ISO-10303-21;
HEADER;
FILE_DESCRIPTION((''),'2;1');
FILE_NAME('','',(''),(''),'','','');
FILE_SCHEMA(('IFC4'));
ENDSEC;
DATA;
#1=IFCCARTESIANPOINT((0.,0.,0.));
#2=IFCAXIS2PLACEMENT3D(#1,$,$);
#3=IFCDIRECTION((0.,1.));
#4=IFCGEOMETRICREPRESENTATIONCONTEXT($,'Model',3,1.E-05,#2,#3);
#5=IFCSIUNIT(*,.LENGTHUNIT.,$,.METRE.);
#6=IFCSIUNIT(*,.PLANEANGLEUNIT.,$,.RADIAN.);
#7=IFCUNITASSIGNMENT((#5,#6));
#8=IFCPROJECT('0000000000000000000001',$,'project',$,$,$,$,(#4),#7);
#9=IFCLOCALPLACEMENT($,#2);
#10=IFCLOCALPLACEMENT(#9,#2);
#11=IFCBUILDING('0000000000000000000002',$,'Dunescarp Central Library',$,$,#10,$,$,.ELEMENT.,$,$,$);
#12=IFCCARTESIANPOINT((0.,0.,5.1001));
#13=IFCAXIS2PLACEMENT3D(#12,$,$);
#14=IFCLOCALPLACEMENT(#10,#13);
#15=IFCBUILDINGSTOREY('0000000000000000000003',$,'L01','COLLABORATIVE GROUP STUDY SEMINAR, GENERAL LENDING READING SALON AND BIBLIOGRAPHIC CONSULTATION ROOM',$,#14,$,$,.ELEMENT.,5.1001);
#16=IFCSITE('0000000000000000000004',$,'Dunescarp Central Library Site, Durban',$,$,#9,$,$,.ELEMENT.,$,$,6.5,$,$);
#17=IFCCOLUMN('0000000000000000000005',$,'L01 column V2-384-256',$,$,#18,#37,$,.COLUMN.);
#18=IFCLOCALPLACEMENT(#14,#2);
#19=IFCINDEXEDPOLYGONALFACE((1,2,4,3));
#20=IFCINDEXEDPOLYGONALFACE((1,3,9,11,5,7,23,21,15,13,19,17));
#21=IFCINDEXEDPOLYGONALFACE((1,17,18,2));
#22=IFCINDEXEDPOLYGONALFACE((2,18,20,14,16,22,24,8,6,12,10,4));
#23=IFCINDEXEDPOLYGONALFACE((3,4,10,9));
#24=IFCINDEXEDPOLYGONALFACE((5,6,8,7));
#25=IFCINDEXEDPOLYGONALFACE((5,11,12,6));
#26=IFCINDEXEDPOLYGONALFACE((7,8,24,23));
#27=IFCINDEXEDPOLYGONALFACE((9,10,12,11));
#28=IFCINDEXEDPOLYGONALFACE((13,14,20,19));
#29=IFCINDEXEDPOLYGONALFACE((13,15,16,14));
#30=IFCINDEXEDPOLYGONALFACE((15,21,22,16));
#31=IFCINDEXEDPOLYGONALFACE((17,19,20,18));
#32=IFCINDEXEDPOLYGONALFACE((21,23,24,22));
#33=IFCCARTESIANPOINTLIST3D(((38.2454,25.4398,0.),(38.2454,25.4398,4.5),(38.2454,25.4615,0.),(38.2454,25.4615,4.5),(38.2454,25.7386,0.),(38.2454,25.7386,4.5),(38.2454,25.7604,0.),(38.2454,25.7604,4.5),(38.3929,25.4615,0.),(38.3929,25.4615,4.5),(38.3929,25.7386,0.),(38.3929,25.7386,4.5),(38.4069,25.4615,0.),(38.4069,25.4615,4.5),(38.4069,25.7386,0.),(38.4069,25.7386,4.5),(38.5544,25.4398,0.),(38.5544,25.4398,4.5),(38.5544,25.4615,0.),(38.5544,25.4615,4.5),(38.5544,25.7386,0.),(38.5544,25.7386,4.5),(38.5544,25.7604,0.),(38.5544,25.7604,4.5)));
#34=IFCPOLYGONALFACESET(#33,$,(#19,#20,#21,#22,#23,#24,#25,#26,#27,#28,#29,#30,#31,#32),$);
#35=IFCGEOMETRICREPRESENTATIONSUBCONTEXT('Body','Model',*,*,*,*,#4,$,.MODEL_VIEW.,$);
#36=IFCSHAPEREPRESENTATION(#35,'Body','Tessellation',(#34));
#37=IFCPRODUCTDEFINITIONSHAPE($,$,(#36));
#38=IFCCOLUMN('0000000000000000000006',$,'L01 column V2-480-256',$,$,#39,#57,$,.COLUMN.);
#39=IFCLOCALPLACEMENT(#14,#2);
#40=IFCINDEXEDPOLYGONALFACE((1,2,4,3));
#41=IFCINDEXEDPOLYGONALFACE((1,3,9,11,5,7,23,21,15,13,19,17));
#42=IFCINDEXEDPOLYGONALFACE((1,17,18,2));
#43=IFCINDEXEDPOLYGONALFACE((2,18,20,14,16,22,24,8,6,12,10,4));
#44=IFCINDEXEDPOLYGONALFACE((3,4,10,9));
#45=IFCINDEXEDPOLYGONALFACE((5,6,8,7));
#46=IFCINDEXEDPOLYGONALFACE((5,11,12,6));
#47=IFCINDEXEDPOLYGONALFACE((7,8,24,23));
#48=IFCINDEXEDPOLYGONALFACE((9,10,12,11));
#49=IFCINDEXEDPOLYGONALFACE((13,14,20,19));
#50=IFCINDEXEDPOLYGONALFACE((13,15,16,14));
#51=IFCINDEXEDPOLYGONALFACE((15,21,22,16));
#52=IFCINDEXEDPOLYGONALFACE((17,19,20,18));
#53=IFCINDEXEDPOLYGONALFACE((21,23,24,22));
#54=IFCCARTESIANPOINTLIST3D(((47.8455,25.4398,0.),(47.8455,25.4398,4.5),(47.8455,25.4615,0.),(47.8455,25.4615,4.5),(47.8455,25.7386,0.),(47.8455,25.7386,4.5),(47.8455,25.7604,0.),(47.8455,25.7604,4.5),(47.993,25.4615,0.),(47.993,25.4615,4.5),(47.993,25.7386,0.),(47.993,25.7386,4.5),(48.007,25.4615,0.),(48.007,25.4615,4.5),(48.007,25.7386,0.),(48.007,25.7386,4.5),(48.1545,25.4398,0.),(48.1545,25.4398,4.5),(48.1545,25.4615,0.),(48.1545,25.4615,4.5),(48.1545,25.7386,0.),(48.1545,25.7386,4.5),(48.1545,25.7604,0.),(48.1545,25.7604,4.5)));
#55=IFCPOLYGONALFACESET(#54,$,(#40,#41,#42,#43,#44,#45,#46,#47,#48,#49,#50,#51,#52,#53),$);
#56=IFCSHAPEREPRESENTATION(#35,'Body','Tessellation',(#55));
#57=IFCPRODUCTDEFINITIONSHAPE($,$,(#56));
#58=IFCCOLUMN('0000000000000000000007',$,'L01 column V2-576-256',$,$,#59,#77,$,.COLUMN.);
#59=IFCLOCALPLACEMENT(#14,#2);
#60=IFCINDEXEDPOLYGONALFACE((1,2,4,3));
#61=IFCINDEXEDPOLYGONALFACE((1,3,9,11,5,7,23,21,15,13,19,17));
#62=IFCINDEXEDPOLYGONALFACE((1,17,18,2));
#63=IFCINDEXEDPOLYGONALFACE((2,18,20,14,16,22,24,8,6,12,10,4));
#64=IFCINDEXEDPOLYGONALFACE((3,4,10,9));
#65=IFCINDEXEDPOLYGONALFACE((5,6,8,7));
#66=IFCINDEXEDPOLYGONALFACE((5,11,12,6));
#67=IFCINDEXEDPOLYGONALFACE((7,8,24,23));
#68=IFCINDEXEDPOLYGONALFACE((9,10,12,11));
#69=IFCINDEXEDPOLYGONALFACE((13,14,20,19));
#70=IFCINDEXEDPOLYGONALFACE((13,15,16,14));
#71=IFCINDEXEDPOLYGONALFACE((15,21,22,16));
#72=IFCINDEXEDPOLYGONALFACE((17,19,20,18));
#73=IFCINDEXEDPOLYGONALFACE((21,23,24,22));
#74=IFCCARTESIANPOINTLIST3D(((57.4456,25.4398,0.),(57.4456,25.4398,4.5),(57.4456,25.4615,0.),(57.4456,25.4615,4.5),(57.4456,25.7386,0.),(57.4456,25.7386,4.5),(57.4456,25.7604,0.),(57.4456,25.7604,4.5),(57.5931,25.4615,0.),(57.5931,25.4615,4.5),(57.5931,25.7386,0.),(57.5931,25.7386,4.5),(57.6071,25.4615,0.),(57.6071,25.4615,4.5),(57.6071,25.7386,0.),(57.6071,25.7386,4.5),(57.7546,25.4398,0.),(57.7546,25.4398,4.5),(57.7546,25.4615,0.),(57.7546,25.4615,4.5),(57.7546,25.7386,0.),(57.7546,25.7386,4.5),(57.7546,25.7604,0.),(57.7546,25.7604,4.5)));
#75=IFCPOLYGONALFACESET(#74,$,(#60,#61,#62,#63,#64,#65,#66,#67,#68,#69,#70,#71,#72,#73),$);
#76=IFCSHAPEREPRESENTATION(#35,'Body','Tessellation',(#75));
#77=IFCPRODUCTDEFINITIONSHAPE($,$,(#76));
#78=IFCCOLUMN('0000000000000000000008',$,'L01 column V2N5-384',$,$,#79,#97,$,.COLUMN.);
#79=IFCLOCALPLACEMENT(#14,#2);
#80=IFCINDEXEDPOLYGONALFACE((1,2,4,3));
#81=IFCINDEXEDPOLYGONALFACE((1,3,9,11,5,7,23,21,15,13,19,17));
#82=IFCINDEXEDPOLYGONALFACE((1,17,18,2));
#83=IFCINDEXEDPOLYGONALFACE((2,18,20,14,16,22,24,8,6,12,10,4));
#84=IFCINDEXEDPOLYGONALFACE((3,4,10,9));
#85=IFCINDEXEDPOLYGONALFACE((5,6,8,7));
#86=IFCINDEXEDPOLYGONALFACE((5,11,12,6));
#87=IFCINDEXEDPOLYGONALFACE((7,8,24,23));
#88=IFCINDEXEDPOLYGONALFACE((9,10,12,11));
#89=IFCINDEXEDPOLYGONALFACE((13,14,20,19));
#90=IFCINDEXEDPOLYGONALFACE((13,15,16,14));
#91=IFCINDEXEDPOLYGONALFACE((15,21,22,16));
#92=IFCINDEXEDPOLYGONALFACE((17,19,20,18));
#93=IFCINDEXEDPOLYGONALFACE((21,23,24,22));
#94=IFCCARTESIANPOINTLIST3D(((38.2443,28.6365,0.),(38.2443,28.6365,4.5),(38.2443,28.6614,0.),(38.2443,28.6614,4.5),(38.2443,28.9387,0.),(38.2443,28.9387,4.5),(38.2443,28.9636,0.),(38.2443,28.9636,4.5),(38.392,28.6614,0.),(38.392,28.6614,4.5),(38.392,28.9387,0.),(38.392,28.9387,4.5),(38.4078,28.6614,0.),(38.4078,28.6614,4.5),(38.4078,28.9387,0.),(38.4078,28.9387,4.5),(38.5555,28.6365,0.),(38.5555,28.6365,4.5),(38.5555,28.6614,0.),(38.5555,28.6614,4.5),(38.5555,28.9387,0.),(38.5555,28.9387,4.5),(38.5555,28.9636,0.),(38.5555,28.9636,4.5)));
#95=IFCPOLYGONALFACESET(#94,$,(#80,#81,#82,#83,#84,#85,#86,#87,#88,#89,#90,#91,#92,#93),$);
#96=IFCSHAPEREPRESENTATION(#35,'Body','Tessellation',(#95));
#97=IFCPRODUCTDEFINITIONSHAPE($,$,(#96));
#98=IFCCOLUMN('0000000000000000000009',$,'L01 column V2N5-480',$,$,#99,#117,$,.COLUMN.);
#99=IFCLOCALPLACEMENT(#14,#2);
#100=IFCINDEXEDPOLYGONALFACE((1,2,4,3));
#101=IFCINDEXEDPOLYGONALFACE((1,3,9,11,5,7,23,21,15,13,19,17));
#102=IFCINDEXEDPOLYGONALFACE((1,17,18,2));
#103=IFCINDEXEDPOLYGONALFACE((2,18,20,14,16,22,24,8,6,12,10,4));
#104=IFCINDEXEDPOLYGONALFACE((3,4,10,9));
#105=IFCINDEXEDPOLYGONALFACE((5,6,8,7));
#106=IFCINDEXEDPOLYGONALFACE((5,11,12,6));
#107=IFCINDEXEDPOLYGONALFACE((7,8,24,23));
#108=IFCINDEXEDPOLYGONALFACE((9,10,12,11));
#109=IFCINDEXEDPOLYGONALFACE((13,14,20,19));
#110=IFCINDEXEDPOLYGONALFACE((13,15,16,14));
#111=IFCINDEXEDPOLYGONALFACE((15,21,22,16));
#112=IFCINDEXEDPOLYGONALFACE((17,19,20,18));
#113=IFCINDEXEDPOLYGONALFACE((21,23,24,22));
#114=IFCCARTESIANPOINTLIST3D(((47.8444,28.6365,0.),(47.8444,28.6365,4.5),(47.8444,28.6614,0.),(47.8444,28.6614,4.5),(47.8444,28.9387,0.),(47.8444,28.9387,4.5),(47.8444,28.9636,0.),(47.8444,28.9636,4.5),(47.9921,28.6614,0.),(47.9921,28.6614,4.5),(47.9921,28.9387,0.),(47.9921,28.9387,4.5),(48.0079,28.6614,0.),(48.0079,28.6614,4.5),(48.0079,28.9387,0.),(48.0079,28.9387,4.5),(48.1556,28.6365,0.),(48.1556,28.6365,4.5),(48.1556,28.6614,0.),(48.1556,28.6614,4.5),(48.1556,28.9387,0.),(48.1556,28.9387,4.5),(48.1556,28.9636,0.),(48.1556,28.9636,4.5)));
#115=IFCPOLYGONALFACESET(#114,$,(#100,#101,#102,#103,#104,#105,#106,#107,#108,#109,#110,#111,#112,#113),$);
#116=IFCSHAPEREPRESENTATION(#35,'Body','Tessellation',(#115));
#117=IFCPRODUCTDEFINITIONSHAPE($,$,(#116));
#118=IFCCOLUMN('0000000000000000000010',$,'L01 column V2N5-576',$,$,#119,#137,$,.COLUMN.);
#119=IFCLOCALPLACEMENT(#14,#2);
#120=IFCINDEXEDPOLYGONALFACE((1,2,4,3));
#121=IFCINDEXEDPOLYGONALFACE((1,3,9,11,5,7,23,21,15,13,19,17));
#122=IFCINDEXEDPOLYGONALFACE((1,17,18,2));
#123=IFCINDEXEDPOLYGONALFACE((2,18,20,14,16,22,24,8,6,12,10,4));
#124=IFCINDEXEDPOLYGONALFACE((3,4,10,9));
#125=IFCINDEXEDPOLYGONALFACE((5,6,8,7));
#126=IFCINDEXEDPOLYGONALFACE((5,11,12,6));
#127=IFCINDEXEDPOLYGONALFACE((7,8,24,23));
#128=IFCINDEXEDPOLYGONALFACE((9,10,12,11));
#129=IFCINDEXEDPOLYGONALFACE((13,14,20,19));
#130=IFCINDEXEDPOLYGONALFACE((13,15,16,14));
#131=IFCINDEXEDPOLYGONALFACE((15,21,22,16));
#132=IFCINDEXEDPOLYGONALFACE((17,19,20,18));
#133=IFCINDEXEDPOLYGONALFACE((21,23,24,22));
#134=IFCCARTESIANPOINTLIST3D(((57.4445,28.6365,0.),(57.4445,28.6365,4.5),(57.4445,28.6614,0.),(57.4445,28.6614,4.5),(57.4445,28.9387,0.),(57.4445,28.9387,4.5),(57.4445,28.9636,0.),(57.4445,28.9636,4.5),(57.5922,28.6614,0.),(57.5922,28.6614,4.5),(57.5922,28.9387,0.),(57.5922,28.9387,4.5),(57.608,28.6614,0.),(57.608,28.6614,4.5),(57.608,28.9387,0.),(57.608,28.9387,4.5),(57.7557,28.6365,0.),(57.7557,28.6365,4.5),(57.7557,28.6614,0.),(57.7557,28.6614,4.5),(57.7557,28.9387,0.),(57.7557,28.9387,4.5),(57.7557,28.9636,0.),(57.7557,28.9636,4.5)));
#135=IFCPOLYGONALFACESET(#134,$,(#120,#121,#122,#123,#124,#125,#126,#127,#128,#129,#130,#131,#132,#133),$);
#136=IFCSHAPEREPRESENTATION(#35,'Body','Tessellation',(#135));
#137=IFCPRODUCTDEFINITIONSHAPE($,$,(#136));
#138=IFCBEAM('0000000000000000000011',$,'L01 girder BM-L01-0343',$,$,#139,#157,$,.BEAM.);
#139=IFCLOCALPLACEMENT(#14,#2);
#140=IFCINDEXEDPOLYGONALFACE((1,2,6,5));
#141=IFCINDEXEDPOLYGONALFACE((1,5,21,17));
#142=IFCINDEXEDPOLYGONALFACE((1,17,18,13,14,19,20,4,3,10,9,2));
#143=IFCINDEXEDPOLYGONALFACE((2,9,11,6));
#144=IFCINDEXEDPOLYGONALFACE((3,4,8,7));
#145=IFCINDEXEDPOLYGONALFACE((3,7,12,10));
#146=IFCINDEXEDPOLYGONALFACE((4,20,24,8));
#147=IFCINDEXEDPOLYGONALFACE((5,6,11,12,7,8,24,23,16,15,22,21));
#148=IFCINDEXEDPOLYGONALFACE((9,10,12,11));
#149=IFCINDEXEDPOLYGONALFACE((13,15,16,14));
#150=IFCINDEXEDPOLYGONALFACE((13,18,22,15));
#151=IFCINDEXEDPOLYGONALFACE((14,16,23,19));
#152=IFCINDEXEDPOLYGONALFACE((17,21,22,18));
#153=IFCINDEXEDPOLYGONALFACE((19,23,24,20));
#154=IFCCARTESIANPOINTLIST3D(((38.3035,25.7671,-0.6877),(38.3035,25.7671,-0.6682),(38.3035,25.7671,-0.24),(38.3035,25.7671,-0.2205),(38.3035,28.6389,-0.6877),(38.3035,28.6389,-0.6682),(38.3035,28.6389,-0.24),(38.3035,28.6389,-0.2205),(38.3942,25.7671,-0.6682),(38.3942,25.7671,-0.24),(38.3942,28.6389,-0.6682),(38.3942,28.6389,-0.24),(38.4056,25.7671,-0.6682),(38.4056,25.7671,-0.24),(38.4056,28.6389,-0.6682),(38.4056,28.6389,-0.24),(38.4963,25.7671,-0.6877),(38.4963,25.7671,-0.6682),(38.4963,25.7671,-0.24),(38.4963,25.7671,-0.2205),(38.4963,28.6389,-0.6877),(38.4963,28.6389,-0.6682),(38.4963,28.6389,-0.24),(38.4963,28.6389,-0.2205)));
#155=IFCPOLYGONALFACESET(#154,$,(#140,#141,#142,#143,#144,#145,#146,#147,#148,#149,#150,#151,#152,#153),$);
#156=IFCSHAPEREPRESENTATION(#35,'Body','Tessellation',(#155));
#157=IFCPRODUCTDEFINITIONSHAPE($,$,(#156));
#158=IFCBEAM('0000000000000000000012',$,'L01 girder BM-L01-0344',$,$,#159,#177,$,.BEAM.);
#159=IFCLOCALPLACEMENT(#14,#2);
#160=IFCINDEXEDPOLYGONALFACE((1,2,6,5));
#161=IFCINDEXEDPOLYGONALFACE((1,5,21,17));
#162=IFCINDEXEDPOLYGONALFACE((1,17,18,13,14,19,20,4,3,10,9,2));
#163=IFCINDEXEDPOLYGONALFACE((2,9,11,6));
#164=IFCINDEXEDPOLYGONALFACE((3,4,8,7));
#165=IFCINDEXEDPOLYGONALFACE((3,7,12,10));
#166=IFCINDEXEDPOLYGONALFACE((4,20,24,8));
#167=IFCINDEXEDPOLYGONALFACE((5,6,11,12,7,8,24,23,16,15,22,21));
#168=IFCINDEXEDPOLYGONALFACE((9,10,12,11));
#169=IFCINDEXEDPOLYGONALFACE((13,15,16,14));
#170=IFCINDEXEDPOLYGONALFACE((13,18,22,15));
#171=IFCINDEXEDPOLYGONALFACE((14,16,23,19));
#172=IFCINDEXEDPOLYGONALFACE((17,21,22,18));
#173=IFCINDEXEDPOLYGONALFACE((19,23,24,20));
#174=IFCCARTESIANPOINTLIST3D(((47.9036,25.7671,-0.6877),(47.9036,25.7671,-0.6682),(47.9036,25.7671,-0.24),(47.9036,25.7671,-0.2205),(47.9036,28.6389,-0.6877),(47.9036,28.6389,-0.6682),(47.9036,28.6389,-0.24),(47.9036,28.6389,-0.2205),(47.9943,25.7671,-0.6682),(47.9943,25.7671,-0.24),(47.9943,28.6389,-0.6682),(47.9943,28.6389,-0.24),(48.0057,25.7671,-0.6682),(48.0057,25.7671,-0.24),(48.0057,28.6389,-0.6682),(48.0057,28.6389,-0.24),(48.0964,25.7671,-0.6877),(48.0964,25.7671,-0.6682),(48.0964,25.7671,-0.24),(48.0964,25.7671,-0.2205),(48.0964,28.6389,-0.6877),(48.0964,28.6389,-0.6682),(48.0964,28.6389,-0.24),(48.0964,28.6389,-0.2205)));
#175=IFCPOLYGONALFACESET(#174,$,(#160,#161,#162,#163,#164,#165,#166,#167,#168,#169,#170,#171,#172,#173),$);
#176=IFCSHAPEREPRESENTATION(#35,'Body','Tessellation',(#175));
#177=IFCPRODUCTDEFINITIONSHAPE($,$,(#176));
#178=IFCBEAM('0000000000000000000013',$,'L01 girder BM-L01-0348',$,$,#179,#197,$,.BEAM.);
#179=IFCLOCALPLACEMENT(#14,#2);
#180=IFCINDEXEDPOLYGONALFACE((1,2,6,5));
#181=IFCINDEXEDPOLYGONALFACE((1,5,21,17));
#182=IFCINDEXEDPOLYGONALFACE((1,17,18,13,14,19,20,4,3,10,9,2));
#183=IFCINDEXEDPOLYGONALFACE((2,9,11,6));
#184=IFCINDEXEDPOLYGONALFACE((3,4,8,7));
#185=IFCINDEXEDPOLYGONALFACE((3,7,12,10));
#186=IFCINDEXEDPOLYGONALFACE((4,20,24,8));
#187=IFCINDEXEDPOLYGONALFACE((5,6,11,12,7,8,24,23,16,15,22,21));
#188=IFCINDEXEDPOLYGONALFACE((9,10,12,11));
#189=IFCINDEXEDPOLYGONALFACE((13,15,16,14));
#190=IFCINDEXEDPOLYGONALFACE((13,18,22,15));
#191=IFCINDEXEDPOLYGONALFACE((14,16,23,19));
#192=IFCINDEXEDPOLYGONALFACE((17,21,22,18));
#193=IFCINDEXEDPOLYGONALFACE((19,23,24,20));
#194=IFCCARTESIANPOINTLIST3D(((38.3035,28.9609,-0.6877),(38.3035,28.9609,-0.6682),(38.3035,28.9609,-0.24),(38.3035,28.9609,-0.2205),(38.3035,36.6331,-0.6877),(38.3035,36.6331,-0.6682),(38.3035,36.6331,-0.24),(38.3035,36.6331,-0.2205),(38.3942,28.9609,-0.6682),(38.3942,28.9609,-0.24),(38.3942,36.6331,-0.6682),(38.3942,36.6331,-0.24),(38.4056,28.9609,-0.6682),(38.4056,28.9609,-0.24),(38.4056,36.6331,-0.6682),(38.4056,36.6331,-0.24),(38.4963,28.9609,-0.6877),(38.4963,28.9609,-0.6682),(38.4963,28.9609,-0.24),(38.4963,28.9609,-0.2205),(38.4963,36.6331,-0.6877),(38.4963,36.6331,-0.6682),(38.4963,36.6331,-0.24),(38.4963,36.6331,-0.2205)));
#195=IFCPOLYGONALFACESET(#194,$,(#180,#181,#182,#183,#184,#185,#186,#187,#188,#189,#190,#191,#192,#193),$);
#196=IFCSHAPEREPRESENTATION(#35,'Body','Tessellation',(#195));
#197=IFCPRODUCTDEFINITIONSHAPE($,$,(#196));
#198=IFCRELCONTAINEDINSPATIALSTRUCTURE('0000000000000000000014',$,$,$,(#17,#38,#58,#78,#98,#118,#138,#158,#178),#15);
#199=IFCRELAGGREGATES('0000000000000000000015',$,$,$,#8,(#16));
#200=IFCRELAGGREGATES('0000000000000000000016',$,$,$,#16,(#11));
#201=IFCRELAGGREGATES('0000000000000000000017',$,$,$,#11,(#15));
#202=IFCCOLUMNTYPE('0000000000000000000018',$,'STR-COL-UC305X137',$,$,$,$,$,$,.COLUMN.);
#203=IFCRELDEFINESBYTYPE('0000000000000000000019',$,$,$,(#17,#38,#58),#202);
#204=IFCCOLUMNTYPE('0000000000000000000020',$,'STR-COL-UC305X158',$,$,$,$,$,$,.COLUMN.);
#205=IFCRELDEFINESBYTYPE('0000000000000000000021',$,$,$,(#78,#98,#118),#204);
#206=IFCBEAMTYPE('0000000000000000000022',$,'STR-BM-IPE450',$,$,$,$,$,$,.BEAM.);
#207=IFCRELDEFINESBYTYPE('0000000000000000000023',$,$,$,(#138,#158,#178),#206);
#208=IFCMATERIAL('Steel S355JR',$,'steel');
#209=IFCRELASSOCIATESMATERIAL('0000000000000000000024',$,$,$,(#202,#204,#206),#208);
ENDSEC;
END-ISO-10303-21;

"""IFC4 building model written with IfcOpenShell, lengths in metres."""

from ifc_helpers import new_model, si_unit, direction, frame, origin, origin_2d, place, context, subcontext, project, spatial, i_section, extrude, material, material_profile, profile_set, type_object, element, save


model = new_model("IFC4")

# Units and contexts
model_context = context("Model", 3, precision=1e-05, world=origin(), true_north=direction((0.0, 1.0)))
body_context = subcontext(model_context, "Body", "Model", "MODEL_VIEW")
ifc_project = project(units=[si_unit("LENGTHUNIT", "METRE"), si_unit("PLANEANGLEUNIT", "RADIAN")], contexts=[model_context])

# Site, building, storey
site_placement = place(None, origin())
site = spatial("IfcSite", under=ifc_project, at=site_placement, Name="Dunescarp Central Library Site, Durban", CompositionType="ELEMENT", RefElevation=6.5)
building_placement = place(site_placement, origin())
building = spatial("IfcBuilding", under=site, at=building_placement, Name="Dunescarp Central Library", CompositionType="ELEMENT")
storey_placement = place(building_placement, frame((0.0, 0.0, 5.1001)))
storey = spatial("IfcBuildingStorey", under=building, at=storey_placement, Name="L01", Description="COLLABORATIVE GROUP STUDY SEMINAR, GENERAL LENDING READING SALON AND BIBLIOGRAPHIC CONSULTATION ROOM", CompositionType="ELEMENT", Elevation=5.1001)

# Columns
ifc_material = material(Name="Steel S355JR", Category="steel")
ifc_material_profile_1 = material_profile(ifc_material, i_section(OverallWidth=0.3091, OverallDepth=0.3206, WebThickness=0.0139, FlangeThickness=0.0217, at=origin_2d()), Name="UC 305x305x137")
ifc_profile_set_1 = profile_set([ifc_material_profile_1], Name="Steel S355JR")
column_type_1 = type_object("IfcColumnType", Name="STR-COL-UC305X137", PredefinedType="COLUMN", material=ifc_profile_set_1)
for number, where, z_axis, x_axis, name in (
    (1, (38.3999, 25.6001, 0.0), (0.0, 0.0, 1.0), (1.0, 0.0, 0.0), "L01 column V2-384-256"),
    (2, (48.0, 25.6001, 0.0), (0.0, 0.0, 1.0), (1.0, 0.0, 0.0), "L01 column V2-480-256"),
    (3, (57.6001, 25.6001, 0.0), (0.0, 0.0, 1.0), (1.0, 0.0, 0.0), "L01 column V2-576-256"),
):
    element("IfcColumn", number, at=place(storey_placement, frame(where, z_axis=z_axis, x_axis=x_axis)), inside=storey, type_object=column_type_1, Name=name, PredefinedType="COLUMN", context=body_context, shape_type="SweptSolid", body=[
        extrude(i_section(OverallWidth=0.3091, OverallDepth=0.3206, WebThickness=0.0139, FlangeThickness=0.0217, at=origin_2d()), origin(), (0.0, 0.0, 1.0), 4.5),
    ])
ifc_material_profile_2 = material_profile(ifc_material, i_section(OverallWidth=0.3113, OverallDepth=0.3271, WebThickness=0.0159, FlangeThickness=0.0249, at=origin_2d()), Name="UC 305x305x158")
ifc_profile_set_2 = profile_set([ifc_material_profile_2], Name="Steel S355JR")
column_type_2 = type_object("IfcColumnType", Name="STR-COL-UC305X158", PredefinedType="COLUMN", material=ifc_profile_set_2)
for number, where, z_axis, x_axis, name in (
    (4, (38.3999, 28.8, 0.0), (0.0, 0.0, 1.0), (1.0, 0.0, 0.0), "L01 column V2N5-384"),
    (5, (48.0, 28.8, 0.0), (0.0, 0.0, 1.0), (1.0, 0.0, 0.0), "L01 column V2N5-480"),
    (6, (57.6001, 28.8, 0.0), (0.0, 0.0, 1.0), (1.0, 0.0, 0.0), "L01 column V2N5-576"),
):
    element("IfcColumn", number, at=place(storey_placement, frame(where, z_axis=z_axis, x_axis=x_axis)), inside=storey, type_object=column_type_2, Name=name, PredefinedType="COLUMN", context=body_context, shape_type="SweptSolid", body=[
        extrude(i_section(OverallWidth=0.3113, OverallDepth=0.3271, WebThickness=0.0159, FlangeThickness=0.0249, at=origin_2d()), origin(), (0.0, 0.0, 1.0), 4.5),
    ])

# Beams
ifc_material_profile_3 = material_profile(ifc_material, i_section(OverallWidth=0.1929, OverallDepth=0.4673, WebThickness=0.0115, FlangeThickness=0.0195, at=origin_2d()), Name="UB 457x191x98")
ifc_profile_set_3 = profile_set([ifc_material_profile_3], Name="Steel S355JR")
beam_type_1 = type_object("IfcBeamType", Name="STR-BM-IPE450", PredefinedType="BEAM", material=ifc_profile_set_3)
for number, where, z_axis, x_axis, name in (
    (7, (38.3999, 25.7671, -0.4541), (0.0, 1.0, 0.0), (-1.0, 0.0, 0.0), "L01 girder BM-L01-0343"),
    (8, (48.0, 25.7671, -0.4541), (0.0, 1.0, 0.0), (-1.0, 0.0, 0.0), "L01 girder BM-L01-0344"),
):
    element("IfcBeam", number, at=place(storey_placement, frame(where, z_axis=z_axis, x_axis=x_axis)), inside=storey, type_object=beam_type_1, Name=name, PredefinedType="BEAM", context=body_context, shape_type="SweptSolid", body=[
        extrude(i_section(OverallWidth=0.1929, OverallDepth=0.4673, WebThickness=0.0115, FlangeThickness=0.0195, at=origin_2d()), origin(), (0.0, 0.0, 1.0), 2.8718),
    ])
for number, where, z_axis, x_axis, name in (
    (9, (38.3999, 28.9609, -0.4541), (0.0, 1.0, 0.0), (-1.0, 0.0, 0.0), "L01 girder BM-L01-0348"),
):
    element("IfcBeam", number, at=place(storey_placement, frame(where, z_axis=z_axis, x_axis=x_axis)), inside=storey, type_object=beam_type_1, Name=name, PredefinedType="BEAM", context=body_context, shape_type="SweptSolid", body=[
        extrude(i_section(OverallWidth=0.1929, OverallDepth=0.4673, WebThickness=0.0115, FlangeThickness=0.0195, at=origin_2d()), origin(), (0.0, 0.0, 1.0), 7.6721),
    ])

save(model, "model.ifc")
